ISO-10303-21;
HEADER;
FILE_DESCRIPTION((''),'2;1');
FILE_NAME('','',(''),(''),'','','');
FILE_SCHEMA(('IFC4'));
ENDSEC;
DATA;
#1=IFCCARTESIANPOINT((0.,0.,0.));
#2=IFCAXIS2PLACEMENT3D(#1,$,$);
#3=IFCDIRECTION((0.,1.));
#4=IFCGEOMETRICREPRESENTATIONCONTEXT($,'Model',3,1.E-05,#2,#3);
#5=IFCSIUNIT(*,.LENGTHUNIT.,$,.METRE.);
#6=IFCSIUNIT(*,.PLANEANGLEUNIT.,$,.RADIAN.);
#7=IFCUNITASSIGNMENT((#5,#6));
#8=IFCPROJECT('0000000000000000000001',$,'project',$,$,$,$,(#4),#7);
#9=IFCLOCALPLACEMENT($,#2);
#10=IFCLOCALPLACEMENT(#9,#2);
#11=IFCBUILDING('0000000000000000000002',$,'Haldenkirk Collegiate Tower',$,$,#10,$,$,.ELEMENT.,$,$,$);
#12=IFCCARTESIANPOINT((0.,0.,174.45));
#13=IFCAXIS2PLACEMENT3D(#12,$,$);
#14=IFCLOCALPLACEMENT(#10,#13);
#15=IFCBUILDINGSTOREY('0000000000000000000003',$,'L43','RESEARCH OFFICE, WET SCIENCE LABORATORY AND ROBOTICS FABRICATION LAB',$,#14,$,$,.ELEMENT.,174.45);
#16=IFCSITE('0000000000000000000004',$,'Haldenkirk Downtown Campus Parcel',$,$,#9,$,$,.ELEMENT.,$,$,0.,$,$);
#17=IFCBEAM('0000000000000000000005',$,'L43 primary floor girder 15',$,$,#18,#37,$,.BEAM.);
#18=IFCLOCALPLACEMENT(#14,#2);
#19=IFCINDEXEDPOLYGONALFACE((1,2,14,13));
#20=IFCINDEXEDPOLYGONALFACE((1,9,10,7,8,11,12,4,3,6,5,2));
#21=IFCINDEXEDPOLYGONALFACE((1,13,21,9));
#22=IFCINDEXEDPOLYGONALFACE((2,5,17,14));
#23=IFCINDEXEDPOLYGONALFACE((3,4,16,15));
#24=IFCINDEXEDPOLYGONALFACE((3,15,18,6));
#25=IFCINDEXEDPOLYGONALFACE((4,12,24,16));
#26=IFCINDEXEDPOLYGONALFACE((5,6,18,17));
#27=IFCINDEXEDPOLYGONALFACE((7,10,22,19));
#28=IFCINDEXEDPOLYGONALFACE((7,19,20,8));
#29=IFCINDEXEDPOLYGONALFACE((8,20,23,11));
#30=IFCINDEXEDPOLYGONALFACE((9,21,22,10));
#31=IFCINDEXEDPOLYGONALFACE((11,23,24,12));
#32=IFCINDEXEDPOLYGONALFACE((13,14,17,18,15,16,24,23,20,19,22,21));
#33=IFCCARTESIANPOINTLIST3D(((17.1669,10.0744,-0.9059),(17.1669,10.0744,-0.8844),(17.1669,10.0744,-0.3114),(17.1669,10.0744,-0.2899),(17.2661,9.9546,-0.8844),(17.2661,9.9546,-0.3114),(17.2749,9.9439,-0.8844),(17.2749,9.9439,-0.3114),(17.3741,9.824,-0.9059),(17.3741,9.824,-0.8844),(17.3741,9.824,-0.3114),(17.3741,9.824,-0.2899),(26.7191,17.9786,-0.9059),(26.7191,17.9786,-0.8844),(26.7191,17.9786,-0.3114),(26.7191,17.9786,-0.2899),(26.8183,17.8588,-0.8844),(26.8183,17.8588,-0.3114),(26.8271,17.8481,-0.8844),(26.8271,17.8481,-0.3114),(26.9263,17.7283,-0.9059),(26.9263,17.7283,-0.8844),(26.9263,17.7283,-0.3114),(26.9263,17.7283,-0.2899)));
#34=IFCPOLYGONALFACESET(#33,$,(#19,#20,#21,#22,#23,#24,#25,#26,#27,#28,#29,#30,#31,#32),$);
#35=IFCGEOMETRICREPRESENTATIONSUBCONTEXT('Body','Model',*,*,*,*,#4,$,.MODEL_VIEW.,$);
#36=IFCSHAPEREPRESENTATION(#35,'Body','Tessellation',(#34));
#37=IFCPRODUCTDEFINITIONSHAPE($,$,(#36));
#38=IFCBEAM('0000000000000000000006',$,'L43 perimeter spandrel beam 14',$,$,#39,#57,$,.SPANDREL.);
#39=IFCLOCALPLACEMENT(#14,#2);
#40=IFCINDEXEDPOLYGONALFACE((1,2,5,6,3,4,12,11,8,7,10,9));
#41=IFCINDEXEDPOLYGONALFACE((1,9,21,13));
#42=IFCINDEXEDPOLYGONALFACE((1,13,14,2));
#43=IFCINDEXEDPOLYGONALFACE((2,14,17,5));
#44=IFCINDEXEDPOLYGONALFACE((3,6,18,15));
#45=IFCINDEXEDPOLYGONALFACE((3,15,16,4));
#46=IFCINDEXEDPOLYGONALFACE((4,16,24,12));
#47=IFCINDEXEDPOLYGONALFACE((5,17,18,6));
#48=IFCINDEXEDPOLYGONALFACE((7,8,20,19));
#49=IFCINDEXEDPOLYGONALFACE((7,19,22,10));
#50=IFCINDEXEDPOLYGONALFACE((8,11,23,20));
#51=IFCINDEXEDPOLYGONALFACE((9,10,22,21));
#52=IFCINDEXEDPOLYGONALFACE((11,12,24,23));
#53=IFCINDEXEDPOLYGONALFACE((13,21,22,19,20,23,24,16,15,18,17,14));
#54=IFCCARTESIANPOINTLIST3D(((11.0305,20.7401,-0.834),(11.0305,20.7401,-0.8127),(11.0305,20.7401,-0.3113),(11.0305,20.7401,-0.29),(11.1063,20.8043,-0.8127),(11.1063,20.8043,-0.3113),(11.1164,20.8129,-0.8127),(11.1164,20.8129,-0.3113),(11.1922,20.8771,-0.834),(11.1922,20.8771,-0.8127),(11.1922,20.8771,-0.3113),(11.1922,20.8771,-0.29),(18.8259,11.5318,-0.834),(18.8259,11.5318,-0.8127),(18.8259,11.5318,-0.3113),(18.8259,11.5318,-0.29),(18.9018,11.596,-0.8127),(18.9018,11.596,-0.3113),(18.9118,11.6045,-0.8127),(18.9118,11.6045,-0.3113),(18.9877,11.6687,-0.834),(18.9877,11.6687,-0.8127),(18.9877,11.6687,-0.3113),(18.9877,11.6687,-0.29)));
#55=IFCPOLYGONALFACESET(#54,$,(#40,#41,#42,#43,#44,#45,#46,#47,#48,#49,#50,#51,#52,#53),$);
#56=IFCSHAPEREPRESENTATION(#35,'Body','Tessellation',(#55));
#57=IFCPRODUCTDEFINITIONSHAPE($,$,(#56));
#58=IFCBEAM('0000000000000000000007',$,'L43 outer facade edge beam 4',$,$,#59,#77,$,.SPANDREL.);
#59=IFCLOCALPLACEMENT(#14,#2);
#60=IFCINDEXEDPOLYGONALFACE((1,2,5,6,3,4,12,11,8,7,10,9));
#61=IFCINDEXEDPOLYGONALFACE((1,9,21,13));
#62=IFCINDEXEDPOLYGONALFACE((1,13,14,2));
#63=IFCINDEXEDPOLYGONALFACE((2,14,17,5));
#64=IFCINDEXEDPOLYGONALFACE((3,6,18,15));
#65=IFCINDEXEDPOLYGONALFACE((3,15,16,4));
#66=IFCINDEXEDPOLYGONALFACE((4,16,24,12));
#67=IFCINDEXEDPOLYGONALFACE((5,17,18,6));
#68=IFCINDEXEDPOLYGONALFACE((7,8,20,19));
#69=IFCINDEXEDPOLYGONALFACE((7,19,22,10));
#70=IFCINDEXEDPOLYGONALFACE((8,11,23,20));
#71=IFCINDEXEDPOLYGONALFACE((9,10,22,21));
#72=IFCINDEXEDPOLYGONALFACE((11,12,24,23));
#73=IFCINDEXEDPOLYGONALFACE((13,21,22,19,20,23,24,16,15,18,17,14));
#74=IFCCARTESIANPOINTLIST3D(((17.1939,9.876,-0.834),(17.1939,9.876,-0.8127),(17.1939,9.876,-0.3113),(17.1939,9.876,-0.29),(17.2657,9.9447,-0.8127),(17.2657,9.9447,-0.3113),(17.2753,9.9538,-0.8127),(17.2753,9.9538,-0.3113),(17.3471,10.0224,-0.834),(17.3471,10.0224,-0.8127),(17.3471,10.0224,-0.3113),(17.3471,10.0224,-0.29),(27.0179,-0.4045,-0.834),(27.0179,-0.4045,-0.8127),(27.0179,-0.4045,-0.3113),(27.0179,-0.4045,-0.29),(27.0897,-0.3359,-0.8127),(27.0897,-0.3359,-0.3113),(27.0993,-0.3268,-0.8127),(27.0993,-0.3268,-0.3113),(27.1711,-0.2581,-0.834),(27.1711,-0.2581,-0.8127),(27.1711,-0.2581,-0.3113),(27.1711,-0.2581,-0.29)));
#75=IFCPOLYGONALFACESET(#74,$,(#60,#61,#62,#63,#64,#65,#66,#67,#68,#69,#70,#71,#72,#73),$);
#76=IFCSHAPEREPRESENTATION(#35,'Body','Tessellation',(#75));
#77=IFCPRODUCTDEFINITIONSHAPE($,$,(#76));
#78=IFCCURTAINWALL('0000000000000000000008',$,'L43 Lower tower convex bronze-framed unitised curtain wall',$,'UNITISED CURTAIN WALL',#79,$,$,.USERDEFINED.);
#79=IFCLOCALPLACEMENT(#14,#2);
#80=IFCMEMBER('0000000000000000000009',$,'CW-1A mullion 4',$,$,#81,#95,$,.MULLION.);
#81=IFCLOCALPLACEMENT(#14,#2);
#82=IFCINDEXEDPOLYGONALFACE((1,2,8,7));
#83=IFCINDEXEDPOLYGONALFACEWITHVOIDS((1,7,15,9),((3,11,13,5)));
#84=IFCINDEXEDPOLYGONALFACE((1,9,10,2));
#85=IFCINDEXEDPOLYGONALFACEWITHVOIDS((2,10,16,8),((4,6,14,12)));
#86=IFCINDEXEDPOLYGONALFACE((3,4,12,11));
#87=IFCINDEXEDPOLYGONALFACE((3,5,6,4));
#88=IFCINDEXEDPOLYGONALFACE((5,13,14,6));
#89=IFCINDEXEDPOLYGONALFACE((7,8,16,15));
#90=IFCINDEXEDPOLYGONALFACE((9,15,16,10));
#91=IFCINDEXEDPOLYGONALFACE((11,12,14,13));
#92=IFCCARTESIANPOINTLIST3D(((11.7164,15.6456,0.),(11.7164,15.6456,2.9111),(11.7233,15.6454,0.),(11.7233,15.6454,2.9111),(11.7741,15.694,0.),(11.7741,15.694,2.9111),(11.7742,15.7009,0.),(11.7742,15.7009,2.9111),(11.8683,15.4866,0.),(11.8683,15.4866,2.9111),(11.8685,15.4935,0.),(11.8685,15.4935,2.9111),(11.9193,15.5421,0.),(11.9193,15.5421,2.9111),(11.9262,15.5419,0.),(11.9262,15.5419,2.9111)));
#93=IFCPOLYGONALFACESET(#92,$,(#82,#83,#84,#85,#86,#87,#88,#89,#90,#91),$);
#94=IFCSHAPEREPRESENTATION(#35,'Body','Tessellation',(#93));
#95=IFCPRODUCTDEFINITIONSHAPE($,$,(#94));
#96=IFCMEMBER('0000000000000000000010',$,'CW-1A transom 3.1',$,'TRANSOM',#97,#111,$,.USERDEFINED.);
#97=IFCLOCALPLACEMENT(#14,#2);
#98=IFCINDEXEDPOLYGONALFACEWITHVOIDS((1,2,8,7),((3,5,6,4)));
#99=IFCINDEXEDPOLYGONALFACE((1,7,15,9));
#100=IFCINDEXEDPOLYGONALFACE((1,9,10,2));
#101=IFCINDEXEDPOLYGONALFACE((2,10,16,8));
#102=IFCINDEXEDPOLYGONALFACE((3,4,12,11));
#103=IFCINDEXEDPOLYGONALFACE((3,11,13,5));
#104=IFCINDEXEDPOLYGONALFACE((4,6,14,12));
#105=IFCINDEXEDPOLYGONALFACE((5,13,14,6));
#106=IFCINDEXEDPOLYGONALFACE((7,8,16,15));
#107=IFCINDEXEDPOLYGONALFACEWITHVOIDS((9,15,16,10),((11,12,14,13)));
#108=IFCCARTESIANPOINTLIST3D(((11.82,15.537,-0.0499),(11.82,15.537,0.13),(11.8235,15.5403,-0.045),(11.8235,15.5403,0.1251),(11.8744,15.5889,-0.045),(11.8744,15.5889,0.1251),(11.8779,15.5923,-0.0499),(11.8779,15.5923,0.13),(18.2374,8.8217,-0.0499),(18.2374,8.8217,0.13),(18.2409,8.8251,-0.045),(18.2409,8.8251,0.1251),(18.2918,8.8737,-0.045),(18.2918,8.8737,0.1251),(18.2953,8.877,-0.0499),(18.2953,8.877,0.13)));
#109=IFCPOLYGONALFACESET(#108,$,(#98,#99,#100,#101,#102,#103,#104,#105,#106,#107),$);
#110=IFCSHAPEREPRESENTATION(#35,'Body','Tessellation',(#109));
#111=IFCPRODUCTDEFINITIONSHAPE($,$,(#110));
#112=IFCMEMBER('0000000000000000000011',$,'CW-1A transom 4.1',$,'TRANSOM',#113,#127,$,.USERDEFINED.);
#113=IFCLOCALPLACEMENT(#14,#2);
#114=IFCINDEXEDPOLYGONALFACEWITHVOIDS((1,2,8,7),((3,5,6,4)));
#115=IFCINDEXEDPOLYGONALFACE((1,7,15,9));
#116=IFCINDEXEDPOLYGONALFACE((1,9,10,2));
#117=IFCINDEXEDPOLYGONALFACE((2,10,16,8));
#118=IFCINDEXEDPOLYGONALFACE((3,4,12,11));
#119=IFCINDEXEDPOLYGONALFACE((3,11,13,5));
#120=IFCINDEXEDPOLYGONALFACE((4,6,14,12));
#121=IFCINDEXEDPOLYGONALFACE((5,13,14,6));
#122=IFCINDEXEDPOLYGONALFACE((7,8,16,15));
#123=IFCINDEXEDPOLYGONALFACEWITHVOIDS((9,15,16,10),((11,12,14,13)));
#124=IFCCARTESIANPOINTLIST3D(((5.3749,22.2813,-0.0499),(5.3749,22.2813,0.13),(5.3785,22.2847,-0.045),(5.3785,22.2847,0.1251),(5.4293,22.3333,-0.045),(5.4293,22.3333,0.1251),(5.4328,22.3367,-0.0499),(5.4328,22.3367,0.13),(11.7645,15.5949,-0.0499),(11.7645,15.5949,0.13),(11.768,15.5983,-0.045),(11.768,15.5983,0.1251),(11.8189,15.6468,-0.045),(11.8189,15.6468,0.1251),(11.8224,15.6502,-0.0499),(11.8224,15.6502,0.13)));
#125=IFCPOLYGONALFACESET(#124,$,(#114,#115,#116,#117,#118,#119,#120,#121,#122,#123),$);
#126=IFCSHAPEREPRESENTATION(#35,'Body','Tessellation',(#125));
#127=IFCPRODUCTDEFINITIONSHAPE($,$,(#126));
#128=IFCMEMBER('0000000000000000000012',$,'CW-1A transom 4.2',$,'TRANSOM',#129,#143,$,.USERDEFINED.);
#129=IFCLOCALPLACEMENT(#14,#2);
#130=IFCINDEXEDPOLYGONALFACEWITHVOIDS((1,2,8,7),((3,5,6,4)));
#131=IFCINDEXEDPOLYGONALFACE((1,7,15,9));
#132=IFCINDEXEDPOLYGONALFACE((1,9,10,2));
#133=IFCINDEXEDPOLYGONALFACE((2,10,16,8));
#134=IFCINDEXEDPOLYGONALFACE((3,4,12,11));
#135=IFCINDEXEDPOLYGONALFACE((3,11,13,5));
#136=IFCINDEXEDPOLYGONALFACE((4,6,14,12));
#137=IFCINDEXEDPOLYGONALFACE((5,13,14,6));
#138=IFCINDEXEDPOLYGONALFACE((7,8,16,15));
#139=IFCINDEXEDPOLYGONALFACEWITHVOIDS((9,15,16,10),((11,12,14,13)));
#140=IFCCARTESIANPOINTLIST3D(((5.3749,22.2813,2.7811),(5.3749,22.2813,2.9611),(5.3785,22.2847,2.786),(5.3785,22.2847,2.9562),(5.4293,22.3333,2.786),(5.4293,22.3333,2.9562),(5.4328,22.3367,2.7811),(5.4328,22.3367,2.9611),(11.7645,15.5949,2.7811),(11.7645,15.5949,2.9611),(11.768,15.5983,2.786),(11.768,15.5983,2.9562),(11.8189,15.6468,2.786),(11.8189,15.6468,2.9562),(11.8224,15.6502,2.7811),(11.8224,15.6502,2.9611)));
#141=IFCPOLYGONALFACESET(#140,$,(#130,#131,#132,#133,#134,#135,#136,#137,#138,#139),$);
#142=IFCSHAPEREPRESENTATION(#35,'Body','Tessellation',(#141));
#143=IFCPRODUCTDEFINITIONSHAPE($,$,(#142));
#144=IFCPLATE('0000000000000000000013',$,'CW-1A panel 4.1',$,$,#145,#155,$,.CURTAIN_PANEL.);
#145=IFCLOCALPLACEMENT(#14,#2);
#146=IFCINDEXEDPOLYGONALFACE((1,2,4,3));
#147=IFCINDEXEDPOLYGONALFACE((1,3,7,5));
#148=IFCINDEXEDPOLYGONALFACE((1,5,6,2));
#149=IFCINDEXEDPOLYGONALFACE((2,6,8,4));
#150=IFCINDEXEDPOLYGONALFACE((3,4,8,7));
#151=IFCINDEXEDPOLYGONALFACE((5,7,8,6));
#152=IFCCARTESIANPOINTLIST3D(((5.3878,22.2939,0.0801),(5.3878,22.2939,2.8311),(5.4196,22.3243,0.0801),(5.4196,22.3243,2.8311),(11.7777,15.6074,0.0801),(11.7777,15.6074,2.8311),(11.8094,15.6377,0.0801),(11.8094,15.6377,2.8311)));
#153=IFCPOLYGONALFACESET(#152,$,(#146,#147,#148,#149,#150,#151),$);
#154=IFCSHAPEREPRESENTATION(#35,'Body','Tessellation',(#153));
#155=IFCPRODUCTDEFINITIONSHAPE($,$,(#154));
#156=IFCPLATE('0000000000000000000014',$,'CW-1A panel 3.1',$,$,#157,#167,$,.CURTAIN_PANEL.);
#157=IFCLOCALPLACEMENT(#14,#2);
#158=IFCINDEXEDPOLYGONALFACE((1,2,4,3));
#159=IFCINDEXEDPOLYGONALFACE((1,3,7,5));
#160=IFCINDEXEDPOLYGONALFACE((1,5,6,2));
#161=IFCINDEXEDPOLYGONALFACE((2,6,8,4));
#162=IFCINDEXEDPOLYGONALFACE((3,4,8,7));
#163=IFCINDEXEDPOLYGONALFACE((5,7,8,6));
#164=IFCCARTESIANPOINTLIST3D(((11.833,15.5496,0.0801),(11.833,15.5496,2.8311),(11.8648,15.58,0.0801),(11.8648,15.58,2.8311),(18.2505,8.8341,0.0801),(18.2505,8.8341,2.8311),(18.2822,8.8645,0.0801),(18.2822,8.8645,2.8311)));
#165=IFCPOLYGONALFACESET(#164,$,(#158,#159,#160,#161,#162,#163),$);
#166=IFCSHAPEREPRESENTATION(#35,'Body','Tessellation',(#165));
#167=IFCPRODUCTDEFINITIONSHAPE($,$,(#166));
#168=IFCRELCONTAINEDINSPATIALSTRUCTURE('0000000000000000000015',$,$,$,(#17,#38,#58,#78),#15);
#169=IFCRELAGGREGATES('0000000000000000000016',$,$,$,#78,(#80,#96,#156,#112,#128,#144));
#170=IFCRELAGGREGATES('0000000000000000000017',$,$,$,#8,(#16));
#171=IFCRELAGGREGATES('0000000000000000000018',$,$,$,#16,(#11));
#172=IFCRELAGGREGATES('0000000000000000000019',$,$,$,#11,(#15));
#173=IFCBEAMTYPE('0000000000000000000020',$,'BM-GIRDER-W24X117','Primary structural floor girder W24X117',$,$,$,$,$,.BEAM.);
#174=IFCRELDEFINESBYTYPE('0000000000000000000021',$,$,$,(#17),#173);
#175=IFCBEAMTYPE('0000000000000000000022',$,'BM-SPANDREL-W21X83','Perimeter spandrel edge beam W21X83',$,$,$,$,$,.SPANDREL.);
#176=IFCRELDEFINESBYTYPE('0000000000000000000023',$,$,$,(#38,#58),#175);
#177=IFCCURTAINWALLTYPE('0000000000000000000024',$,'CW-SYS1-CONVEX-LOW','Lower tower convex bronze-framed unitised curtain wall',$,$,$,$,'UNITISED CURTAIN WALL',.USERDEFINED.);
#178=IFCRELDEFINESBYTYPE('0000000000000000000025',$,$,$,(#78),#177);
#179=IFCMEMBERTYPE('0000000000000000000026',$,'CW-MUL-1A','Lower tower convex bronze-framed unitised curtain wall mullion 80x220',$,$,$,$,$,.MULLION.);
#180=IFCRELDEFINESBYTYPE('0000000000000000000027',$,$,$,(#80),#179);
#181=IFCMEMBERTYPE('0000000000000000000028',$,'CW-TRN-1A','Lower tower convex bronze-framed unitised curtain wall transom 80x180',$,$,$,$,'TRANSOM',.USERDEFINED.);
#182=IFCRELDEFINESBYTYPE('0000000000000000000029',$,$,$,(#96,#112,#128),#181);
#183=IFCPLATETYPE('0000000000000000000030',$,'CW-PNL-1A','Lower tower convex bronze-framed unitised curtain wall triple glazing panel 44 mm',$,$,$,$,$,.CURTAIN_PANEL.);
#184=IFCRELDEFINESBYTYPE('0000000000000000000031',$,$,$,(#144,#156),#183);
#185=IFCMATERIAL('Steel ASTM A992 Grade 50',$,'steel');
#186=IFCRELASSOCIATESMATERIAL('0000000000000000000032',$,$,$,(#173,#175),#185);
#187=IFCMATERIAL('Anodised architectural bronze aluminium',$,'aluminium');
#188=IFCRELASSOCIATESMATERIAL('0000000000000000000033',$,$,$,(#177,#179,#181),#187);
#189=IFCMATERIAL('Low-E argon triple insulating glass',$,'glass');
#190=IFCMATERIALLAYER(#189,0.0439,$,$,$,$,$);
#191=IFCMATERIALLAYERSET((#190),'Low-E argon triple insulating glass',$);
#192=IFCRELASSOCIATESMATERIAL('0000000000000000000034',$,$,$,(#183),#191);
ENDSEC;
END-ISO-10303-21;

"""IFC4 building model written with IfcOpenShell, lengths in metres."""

from ifc_helpers import new_model, si_unit, direction, frame, origin, origin_2d, place, context, subcontext, project, spatial, rectangle, hollow_rectangle, i_section, extrude, source, transform, mapped, material, layer, layer_set, material_profile, profile_set, type_object, element, aggregate, save


model = new_model("IFC4")

# Units and contexts
model_context = context("Model", 3, precision=1e-05, world=origin(), true_north=direction((0.0, 1.0)))
body_context = subcontext(model_context, "Body", "Model", "MODEL_VIEW")
ifc_project = project(units=[si_unit("LENGTHUNIT", "METRE"), si_unit("PLANEANGLEUNIT", "RADIAN")], contexts=[model_context])

# Site, building, storey
site_placement = place(None, origin())
site = spatial("IfcSite", under=ifc_project, at=site_placement, Name="Haldenkirk Downtown Campus Parcel", CompositionType="ELEMENT", RefElevation=0.0)
building_placement = place(site_placement, origin())
building = spatial("IfcBuilding", under=site, at=building_placement, Name="Haldenkirk Collegiate Tower", CompositionType="ELEMENT")
storey_placement = place(building_placement, frame((0.0, 0.0, 174.45)))
storey = spatial("IfcBuildingStorey", under=building, at=storey_placement, Name="L43", Description="RESEARCH OFFICE, WET SCIENCE LABORATORY AND ROBOTICS FABRICATION LAB", CompositionType="ELEMENT", Elevation=174.45)

# Beams
ifc_material_1 = material(Name="Steel ASTM A992 Grade 50", Category="steel")
ifc_material_profile_1 = material_profile(ifc_material_1, i_section(OverallWidth=0.325, OverallDepth=0.616, WebThickness=0.0139, FlangeThickness=0.0215, at=origin_2d()), Name="W24X117")
ifc_profile_set_1 = profile_set([ifc_material_profile_1], Name="Steel ASTM A992 Grade 50")
beam_type_1 = type_object("IfcBeamType", Name="BM-GIRDER-W24X117", Description="Primary structural floor girder W24X117", PredefinedType="BEAM", material=ifc_profile_set_1)
beam_1_placement = place(storey_placement, frame((17.2705, 9.9492, -0.5979), z_axis=(0.770434, 0.637519, 0.0), x_axis=(-0.637519, 0.770434, 0.0)))
element("IfcBeam", 1, at=beam_1_placement, inside=storey, type_object=beam_type_1, Name="L43 primary floor girder 15", PredefinedType="BEAM", context=body_context, shape_type="SweptSolid", body=[
    extrude(i_section(OverallWidth=0.325, OverallDepth=0.616, WebThickness=0.0139, FlangeThickness=0.0215, at=origin_2d()), origin(), (0.0, 0.0, 1.0), 12.3984),
])
ifc_material_profile_2 = material_profile(ifc_material_1, i_section(OverallWidth=0.2119, OverallDepth=0.5439, WebThickness=0.0132, FlangeThickness=0.0212, at=origin_2d()), Name="W21X83")
ifc_profile_set_2 = profile_set([ifc_material_profile_2], Name="Steel ASTM A992 Grade 50")
beam_type_2 = type_object("IfcBeamType", Name="BM-SPANDREL-W21X83", Description="Perimeter spandrel edge beam W21X83", PredefinedType="SPANDREL", material=ifc_profile_set_2)
beam_2_placement = place(storey_placement, frame((11.1113, 20.8086, -0.562), z_axis=(0.646126, -0.76323, 0.0), x_axis=(0.76323, 0.646126, 0.0)))
element("IfcBeam", 2, at=beam_2_placement, inside=storey, type_object=beam_type_2, Name="L43 perimeter spandrel beam 14", PredefinedType="SPANDREL", context=body_context, shape_type="SweptSolid", body=[
    extrude(i_section(OverallWidth=0.2119, OverallDepth=0.5439, WebThickness=0.0132, FlangeThickness=0.0212, at=origin_2d()), origin(), (0.0, 0.0, 1.0), 12.0649),
])
beam_3_placement = place(storey_placement, frame((17.2705, 9.9492, -0.562), z_axis=(0.690871, -0.722978, 0.0), x_axis=(0.722978, 0.690871, 0.0)))
element("IfcBeam", 3, at=beam_3_placement, inside=storey, type_object=beam_type_2, Name="L43 outer facade edge beam 4", PredefinedType="SPANDREL", context=body_context, shape_type="SweptSolid", body=[
    extrude(i_section(OverallWidth=0.2119, OverallDepth=0.5439, WebThickness=0.0132, FlangeThickness=0.0212, at=origin_2d()), origin(), (0.0, 0.0, 1.0), 14.2197),
])

# Curtain wall, members, plates
ifc_material_2 = material(Name="Anodised architectural bronze aluminium", Category="aluminium")
curtain_wall_type = type_object("IfcCurtainWallType", Name="CW-SYS1-CONVEX-LOW", Description="Lower tower convex bronze-framed unitised curtain wall", ElementType="UNITISED CURTAIN WALL", PredefinedType="USERDEFINED", material=ifc_material_2)
curtain_wall_placement = place(storey_placement, origin())
curtain_wall = element("IfcCurtainWall", 4, at=curtain_wall_placement, inside=storey, type_object=curtain_wall_type, Name="L43 Lower tower convex bronze-framed unitised curtain wall", ObjectType="UNITISED CURTAIN WALL", PredefinedType="USERDEFINED")
ifc_material_profile_3 = material_profile(ifc_material_2, hollow_rectangle(XDim=0.0801, YDim=0.22, WallThickness=0.0049, at=origin_2d()), Name="CW-MUL-1A")
ifc_profile_set_3 = profile_set([ifc_material_profile_3], Name="Anodised architectural bronze aluminium")
member_type_1 = type_object("IfcMemberType", Name="CW-MUL-1A", Description="Lower tower convex bronze-framed unitised curtain wall mullion 80x220", PredefinedType="MULLION", material=ifc_profile_set_3)
member_1_placement = place(storey_placement, frame((11.8213, 15.5938, 0.0), z_axis=(0.0, 0.0, 1.0), x_axis=(-0.722967, -0.690882, 0.0)))
member_1 = element("IfcMember", 5, at=member_1_placement, type_object=member_type_1, Name="CW-1A mullion 4", PredefinedType="MULLION", context=body_context, shape_type="SweptSolid", body=[
    extrude(hollow_rectangle(XDim=0.0801, YDim=0.22, WallThickness=0.0049, at=origin_2d()), origin(), (0.0, 0.0, 1.0), 2.9111),
])
ifc_material_profile_4 = material_profile(ifc_material_2, hollow_rectangle(XDim=0.0801, YDim=0.1799, WallThickness=0.0049, at=origin_2d()), Name="CW-TRN-1A")
ifc_profile_set_4 = profile_set([ifc_material_profile_4], Name="Anodised architectural bronze aluminium")
member_type_2 = type_object("IfcMemberType", Name="CW-TRN-1A", Description="Lower tower convex bronze-framed unitised curtain wall transom 80x180", ElementType="TRANSOM", PredefinedType="USERDEFINED", material=ifc_profile_set_4)
member_2_placement = place(storey_placement, frame((18.2664, 8.8494, 0.04), z_axis=(-0.690892, 0.722958, 0.0), x_axis=(-0.722958, -0.690892, 0.0)))
member_2 = element("IfcMember", 6, at=member_2_placement, type_object=member_type_2, Name="CW-1A transom 3.1", ObjectType="TRANSOM", PredefinedType="USERDEFINED", context=body_context, shape_type="SweptSolid", body=[
    extrude(hollow_rectangle(XDim=0.0801, YDim=0.1799, WallThickness=0.0049, at=origin_2d()), origin(), (0.0, 0.0, 1.0), 9.2886),
])
member_3_placement = place(storey_placement, frame((11.7935, 15.6226, 0.04), z_axis=(-0.690875, 0.722974, 0.0), x_axis=(-0.722974, -0.690875, 0.0)))
member_3 = element("IfcMember", 7, at=member_3_placement, type_object=member_type_2, Name="CW-1A transom 4.1", ObjectType="TRANSOM", PredefinedType="USERDEFINED", context=body_context, shape_type="SweptSolid", body=[
    extrude(hollow_rectangle(XDim=0.0801, YDim=0.1799, WallThickness=0.0049, at=origin_2d()), origin(), (0.0, 0.0, 1.0), 9.2485),
])
member_4_placement = place(storey_placement, frame((11.7935, 15.6226, 2.8711), z_axis=(-0.690875, 0.722974, 0.0), x_axis=(-0.722974, -0.690875, 0.0)))
member_4 = element("IfcMember", 8, at=member_4_placement, type_object=member_type_2, Name="CW-1A transom 4.2", ObjectType="TRANSOM", PredefinedType="USERDEFINED", context=body_context, shape_type="SweptSolid", body=[
    extrude(hollow_rectangle(XDim=0.0801, YDim=0.1799, WallThickness=0.0049, at=origin_2d()), origin(), (0.0, 0.0, 1.0), 9.2485),
])
ifc_material_3 = material(Name="Low-E argon triple insulating glass", Category="glass")
ifc_layer_1 = layer(ifc_material_3, 0.0439)
ifc_layer_set_1 = layer_set([ifc_layer_1], Name="Low-E argon triple insulating glass")
plate_type = type_object("IfcPlateType", Name="CW-PNL-1A", Description="Lower tower convex bronze-framed unitised curtain wall triple glazing panel 44 mm", PredefinedType="CURTAIN_PANEL", material=ifc_layer_set_1)
shared_shape_1 = source(origin(), body_context, "Body", "SweptSolid", [
    extrude(rectangle(XDim=9.2488, YDim=0.0439, at=origin_2d()), origin(), (0.0, 0.0, 1.0), 2.751),
])
plate_1_placement = place(storey_placement, frame((8.5986, 18.9658, 0.0801), z_axis=(0.0, 0.0, 1.0), x_axis=(-0.690882, 0.722967, 0.0)))
plate_1 = element("IfcPlate", 9, at=plate_1_placement, type_object=plate_type, Name="CW-1A panel 4.1", PredefinedType="CURTAIN_PANEL", context=body_context, shape_type="MappedRepresentation", body=[
    mapped(shared_shape_1, transform((0.0, 0.0, 0.0), x_axis=(1.0, 0.0, 0.0), y_axis=(0.0, 1.0, 0.0), z_axis=(0.0, 0.0, 1.0), scale=1.0)),
])
shared_shape_2 = source(origin(), body_context, "Body", "SweptSolid", [
    extrude(rectangle(XDim=9.2888, YDim=0.0439, at=origin_2d()), origin(), (0.0, 0.0, 1.0), 2.751),
])
plate_2_placement = place(storey_placement, frame((15.0576, 12.207, 0.0801), z_axis=(0.0, 0.0, 1.0), x_axis=(-0.690882, 0.722967, 0.0)))
plate_2 = element("IfcPlate", 10, at=plate_2_placement, type_object=plate_type, Name="CW-1A panel 3.1", PredefinedType="CURTAIN_PANEL", context=body_context, shape_type="MappedRepresentation", body=[
    mapped(shared_shape_2, transform((0.0, 0.0, 0.0), x_axis=(1.0, 0.0, 0.0), y_axis=(0.0, 1.0, 0.0), z_axis=(0.0, 0.0, 1.0), scale=1.0)),
])
aggregate(curtain_wall, [member_1, member_2, plate_2, member_3, member_4, plate_1])

save(model, "model.ifc")
